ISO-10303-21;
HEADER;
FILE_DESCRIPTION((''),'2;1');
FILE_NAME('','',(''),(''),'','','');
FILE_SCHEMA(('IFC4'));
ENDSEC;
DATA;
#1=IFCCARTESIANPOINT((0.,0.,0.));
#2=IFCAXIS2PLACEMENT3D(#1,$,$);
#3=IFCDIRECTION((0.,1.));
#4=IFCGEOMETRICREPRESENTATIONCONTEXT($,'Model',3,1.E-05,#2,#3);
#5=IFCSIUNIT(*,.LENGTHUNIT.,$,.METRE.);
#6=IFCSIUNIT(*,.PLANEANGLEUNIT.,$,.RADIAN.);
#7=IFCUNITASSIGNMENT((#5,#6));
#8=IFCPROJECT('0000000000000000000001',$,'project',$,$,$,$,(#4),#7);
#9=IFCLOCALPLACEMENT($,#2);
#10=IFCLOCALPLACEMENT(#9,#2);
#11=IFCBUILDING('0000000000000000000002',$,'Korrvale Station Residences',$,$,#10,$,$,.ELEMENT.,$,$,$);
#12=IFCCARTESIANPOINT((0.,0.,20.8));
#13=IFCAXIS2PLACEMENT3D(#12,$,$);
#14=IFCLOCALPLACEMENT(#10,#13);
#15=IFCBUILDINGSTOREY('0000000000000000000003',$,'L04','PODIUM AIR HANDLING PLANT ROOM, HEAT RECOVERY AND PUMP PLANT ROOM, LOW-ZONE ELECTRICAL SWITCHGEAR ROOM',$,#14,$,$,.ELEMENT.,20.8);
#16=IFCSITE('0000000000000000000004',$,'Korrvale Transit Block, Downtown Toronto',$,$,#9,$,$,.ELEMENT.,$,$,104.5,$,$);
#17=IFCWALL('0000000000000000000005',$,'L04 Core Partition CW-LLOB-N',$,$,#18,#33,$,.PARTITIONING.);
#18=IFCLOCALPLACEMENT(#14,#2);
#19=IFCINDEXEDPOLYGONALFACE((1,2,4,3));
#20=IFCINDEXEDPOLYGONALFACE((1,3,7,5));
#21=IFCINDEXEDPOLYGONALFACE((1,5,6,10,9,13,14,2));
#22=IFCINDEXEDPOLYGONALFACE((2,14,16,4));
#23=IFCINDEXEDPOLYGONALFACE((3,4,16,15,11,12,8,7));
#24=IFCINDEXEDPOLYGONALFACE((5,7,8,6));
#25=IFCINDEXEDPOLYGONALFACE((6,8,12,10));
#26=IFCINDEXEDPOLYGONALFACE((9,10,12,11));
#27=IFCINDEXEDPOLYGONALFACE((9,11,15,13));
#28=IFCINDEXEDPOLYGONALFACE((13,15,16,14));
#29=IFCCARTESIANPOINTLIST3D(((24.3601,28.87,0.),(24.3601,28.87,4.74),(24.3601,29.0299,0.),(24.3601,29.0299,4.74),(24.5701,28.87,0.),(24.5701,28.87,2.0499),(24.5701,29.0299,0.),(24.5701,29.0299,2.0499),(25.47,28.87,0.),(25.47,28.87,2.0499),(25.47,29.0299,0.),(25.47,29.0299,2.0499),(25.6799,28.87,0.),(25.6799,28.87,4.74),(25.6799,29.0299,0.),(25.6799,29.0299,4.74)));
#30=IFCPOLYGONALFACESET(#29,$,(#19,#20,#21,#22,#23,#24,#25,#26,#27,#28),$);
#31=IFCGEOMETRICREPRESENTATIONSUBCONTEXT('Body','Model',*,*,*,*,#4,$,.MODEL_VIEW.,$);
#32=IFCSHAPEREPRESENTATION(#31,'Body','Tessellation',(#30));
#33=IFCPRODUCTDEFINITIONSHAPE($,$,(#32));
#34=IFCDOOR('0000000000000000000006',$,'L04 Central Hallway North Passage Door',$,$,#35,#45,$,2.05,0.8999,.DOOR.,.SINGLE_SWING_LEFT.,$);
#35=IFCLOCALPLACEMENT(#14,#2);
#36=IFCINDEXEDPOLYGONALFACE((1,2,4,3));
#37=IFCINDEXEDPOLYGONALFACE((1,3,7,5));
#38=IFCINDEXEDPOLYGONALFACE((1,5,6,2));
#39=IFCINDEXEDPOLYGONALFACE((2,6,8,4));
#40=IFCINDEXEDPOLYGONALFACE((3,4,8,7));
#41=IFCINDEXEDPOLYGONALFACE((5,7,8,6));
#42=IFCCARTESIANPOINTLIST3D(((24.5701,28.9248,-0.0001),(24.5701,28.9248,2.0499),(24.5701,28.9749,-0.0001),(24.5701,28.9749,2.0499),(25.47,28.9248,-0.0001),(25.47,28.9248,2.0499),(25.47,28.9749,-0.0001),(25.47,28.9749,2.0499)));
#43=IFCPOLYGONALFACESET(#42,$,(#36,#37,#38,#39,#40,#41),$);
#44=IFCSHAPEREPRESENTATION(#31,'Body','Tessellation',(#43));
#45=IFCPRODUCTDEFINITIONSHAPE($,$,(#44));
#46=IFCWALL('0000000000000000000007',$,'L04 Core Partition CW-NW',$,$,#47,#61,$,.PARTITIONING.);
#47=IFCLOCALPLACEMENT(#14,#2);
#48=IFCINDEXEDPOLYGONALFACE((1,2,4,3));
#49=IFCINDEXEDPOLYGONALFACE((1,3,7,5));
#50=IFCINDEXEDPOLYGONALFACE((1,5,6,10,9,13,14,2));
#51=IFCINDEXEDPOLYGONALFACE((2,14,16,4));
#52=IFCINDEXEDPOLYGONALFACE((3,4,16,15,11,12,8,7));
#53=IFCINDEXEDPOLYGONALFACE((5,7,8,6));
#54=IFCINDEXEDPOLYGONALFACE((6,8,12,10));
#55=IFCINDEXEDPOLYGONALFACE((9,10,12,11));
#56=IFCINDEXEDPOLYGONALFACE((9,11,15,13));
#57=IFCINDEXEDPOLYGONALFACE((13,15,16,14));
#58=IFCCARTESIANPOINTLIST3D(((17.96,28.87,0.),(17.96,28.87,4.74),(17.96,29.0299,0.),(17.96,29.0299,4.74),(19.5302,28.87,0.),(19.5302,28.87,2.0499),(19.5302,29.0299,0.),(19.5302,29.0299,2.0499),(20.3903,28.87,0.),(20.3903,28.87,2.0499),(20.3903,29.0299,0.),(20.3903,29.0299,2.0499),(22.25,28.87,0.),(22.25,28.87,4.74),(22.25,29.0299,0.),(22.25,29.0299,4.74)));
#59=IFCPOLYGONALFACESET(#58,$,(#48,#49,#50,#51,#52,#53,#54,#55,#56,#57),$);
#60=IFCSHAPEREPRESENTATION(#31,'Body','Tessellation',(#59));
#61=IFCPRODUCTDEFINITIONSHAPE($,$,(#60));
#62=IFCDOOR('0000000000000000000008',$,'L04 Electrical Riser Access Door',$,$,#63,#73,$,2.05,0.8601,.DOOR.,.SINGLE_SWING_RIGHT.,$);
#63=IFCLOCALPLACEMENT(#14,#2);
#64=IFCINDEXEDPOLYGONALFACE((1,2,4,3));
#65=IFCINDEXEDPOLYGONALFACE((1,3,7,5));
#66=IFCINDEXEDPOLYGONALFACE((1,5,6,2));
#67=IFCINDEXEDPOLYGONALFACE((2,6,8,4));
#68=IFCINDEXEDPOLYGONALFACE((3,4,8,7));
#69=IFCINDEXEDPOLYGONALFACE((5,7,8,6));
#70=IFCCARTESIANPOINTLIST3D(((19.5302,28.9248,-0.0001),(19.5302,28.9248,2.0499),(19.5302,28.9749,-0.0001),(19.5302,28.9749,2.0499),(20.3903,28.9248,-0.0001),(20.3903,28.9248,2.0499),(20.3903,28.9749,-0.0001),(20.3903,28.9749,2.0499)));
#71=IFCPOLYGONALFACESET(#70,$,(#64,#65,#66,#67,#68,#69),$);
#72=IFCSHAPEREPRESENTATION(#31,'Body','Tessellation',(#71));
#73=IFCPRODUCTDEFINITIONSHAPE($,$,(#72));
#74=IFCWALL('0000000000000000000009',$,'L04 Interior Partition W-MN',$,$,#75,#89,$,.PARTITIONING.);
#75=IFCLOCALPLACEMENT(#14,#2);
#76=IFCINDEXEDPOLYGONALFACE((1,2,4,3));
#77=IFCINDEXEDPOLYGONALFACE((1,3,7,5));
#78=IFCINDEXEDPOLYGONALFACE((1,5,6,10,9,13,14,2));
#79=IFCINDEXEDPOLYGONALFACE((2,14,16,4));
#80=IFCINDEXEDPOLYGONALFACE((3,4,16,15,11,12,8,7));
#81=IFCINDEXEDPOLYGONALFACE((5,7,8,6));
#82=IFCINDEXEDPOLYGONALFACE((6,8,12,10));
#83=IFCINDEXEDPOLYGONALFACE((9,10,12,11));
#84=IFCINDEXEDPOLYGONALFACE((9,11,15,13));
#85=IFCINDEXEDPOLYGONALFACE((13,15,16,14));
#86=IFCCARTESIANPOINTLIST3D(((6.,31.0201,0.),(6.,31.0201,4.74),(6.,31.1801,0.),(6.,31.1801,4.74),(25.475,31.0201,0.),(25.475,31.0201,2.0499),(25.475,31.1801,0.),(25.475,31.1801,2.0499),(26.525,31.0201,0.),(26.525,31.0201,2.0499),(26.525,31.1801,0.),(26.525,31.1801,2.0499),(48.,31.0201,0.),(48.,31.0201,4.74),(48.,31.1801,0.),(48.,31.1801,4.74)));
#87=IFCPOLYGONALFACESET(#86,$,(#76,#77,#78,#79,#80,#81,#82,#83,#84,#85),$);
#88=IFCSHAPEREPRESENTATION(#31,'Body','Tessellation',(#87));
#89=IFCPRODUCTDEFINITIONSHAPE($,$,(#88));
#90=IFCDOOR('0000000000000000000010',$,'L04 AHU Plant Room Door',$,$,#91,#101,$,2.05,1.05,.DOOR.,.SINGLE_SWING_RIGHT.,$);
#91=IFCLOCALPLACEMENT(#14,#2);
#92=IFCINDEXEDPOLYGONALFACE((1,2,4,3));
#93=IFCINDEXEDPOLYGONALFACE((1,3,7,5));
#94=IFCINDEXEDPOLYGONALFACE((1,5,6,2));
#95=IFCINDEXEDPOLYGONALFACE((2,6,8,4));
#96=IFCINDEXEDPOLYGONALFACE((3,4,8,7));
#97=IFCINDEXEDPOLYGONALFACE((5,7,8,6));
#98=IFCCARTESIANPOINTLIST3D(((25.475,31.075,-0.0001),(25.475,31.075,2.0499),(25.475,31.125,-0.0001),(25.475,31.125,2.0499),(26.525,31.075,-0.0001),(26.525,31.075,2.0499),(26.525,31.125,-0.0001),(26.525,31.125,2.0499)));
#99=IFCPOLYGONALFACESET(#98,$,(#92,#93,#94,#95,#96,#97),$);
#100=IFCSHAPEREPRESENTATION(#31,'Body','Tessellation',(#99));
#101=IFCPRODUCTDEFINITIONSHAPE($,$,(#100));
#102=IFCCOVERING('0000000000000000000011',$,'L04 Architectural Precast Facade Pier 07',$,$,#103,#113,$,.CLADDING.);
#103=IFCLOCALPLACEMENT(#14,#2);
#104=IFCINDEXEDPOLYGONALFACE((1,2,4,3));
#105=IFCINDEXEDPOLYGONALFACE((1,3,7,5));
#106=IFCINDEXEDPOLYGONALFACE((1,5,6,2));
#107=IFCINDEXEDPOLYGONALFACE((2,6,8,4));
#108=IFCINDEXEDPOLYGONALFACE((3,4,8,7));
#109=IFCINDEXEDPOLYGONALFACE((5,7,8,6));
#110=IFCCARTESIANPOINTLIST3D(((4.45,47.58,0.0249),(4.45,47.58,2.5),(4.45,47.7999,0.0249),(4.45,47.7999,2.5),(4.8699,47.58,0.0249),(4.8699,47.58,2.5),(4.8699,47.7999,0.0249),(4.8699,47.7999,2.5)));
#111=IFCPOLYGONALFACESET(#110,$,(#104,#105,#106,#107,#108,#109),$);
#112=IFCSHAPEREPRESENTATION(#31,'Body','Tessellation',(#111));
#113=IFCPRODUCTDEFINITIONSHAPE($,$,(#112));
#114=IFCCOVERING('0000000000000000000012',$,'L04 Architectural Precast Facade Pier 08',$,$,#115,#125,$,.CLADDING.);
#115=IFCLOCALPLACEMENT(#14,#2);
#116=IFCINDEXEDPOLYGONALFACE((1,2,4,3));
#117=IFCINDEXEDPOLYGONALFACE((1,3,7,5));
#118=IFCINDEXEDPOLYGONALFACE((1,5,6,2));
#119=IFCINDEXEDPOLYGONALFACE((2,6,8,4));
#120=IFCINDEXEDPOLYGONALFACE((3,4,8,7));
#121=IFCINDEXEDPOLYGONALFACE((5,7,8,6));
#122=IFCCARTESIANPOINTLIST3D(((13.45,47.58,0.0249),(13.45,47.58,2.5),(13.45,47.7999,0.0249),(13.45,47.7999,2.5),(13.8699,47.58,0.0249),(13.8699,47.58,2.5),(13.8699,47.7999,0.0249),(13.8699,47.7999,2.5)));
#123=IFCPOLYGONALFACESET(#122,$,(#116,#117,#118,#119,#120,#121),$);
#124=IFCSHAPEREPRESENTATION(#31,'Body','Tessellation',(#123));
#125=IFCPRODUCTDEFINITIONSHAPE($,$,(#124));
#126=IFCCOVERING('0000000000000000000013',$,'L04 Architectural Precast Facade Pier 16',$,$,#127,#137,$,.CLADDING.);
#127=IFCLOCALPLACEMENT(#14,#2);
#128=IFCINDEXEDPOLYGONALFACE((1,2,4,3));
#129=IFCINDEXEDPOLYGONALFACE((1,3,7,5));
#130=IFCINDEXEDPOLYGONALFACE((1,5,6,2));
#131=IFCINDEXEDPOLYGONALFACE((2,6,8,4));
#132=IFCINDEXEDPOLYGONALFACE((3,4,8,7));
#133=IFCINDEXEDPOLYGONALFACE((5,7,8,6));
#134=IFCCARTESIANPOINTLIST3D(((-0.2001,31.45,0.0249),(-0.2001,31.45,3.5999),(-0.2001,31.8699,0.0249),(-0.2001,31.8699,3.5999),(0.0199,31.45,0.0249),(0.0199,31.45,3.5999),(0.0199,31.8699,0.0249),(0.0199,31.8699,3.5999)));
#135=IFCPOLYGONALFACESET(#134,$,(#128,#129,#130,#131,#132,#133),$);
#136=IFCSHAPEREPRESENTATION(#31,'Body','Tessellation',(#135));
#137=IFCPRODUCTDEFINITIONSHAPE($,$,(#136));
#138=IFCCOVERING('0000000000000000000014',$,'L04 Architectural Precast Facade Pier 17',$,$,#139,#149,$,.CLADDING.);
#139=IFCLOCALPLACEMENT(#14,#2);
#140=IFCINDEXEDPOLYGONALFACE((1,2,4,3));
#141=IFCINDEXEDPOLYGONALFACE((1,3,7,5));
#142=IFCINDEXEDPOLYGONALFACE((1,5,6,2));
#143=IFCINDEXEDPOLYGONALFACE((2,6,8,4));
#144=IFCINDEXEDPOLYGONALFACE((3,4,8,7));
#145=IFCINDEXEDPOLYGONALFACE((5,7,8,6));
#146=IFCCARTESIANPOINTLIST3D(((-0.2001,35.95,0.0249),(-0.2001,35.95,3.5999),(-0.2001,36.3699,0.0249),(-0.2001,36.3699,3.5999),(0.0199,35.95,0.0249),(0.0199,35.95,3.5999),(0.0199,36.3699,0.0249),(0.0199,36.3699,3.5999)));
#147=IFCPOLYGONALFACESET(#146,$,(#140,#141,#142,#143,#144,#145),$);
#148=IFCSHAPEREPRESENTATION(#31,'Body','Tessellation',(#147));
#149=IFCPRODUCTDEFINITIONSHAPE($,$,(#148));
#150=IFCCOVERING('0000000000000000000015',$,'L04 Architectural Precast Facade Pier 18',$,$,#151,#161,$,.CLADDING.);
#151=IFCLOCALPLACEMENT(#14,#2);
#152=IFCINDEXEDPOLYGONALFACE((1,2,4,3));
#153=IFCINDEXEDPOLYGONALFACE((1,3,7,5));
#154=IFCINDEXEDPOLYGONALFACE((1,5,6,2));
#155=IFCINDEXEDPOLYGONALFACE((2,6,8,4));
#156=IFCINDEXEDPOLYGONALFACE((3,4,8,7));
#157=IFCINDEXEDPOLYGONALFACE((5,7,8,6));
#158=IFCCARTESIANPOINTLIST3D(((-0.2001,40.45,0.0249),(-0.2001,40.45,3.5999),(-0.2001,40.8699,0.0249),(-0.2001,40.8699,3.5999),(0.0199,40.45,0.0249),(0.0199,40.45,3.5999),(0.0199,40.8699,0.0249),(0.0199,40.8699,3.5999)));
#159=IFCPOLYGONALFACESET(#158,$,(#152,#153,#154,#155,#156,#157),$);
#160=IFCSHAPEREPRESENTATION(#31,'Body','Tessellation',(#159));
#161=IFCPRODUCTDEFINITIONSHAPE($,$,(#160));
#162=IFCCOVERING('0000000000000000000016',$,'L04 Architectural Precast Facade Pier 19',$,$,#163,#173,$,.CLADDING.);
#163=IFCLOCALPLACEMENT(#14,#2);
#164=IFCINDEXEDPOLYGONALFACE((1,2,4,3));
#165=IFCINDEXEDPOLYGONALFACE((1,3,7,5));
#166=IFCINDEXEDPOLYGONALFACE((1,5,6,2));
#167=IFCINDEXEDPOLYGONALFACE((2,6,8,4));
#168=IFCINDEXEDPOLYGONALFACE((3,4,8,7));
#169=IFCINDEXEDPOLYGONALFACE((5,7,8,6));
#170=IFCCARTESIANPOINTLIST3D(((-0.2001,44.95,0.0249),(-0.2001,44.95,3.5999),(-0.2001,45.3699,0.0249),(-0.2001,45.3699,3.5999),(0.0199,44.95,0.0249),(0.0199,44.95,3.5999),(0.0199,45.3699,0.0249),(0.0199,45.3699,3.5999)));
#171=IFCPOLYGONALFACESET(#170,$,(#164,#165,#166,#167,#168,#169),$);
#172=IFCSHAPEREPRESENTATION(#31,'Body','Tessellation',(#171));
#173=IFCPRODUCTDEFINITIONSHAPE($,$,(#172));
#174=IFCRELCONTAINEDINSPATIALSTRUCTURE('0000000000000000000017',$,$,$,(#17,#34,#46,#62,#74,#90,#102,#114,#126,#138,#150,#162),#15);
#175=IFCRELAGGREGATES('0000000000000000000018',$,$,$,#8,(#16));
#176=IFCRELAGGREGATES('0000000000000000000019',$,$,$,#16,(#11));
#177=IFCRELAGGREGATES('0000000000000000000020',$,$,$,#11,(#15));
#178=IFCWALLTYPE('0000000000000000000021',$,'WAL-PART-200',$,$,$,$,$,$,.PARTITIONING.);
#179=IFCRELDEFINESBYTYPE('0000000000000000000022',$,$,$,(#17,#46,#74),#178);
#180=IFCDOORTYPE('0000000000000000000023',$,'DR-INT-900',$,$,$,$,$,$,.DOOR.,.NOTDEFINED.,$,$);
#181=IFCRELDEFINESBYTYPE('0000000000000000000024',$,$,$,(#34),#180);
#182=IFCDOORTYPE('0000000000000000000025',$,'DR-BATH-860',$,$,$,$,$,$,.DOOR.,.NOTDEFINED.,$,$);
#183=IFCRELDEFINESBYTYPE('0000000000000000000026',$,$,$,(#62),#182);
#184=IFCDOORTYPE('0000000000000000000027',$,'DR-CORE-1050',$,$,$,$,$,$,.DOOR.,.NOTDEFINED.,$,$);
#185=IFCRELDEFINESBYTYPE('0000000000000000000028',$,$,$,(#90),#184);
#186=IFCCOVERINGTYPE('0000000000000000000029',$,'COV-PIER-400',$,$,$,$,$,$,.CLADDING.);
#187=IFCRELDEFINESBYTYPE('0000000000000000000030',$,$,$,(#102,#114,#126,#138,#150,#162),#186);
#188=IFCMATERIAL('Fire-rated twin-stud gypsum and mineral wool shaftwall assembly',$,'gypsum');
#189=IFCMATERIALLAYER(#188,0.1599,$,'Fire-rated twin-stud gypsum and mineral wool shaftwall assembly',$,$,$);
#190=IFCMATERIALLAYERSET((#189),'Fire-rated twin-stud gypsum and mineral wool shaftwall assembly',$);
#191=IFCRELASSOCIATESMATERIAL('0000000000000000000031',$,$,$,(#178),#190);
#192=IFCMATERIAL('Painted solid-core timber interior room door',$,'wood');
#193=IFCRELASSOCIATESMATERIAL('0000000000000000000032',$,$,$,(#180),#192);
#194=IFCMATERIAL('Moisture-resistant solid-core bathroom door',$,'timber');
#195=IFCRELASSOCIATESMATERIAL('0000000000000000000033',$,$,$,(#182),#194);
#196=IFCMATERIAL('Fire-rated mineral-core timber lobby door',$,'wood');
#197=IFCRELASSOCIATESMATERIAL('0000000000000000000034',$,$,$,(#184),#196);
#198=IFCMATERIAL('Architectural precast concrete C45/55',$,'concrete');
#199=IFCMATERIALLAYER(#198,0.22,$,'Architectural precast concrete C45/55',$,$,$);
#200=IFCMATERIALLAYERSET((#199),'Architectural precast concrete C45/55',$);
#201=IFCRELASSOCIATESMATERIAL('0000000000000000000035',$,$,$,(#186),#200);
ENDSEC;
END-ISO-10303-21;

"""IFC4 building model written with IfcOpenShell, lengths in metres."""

from ifc_helpers import new_model, si_unit, direction, frame, frame_2d, origin, origin_2d, place, context, subcontext, project, spatial, rectangle, extrude, material, layer, layer_set, type_object, element, fill, save


model = new_model("IFC4")

# Units and contexts
model_context = context("Model", 3, precision=1e-05, world=origin(), true_north=direction((0.0, 1.0)))
body_context = subcontext(model_context, "Body", "Model", "MODEL_VIEW")
ifc_project = project(units=[si_unit("LENGTHUNIT", "METRE"), si_unit("PLANEANGLEUNIT", "RADIAN")], contexts=[model_context])

# Site, building, storey
site_placement = place(None, origin())
site = spatial("IfcSite", under=ifc_project, at=site_placement, Name="Korrvale Transit Block, Downtown Toronto", CompositionType="ELEMENT", RefElevation=104.5)
building_placement = place(site_placement, origin())
building = spatial("IfcBuilding", under=site, at=building_placement, Name="Korrvale Station Residences", CompositionType="ELEMENT")
storey_placement = place(building_placement, frame((0.0, 0.0, 20.8)))
storey = spatial("IfcBuildingStorey", under=building, at=storey_placement, Name="L04", Description="PODIUM AIR HANDLING PLANT ROOM, HEAT RECOVERY AND PUMP PLANT ROOM, LOW-ZONE ELECTRICAL SWITCHGEAR ROOM", CompositionType="ELEMENT", Elevation=20.8)

# Walls, openings, doors
ifc_material_1 = material(Name="Fire-rated twin-stud gypsum and mineral wool shaftwall assembly", Category="gypsum")
ifc_layer_1 = layer(ifc_material_1, 0.1599, Name="Fire-rated twin-stud gypsum and mineral wool shaftwall assembly")
ifc_layer_set_1 = layer_set([ifc_layer_1], Name="Fire-rated twin-stud gypsum and mineral wool shaftwall assembly")
wall_type_1 = type_object("IfcWallType", Name="WAL-PART-200", PredefinedType="PARTITIONING", material=ifc_layer_set_1)
wall_1_placement = place(storey_placement, frame((24.3601, 28.95, 0.0), z_axis=(0.0, 0.0, 1.0), x_axis=(1.0, 0.0, 0.0)))
wall_1 = element("IfcWall", 1, at=wall_1_placement, inside=storey, type_object=wall_type_1, Name="L04 Core Partition CW-LLOB-N", PredefinedType="PARTITIONING", context=body_context, shape_type="SweptSolid", body=[
    extrude(rectangle(XDim=1.3198, YDim=0.1599, at=frame_2d((0.6599, 0.0))), origin(), (0.0, 0.0, 1.0), 4.74),
])
opening_1_placement = place(wall_1_placement, frame((0.21, 0.0, 0.0)))
opening_1 = element("IfcOpeningElement", 2, at=opening_1_placement, cuts=wall_1, PredefinedType="OPENING", context=body_context, shape_type="SweptSolid", body=[
    extrude(rectangle(XDim=0.8999, YDim=2.05, at=frame_2d((0.45, 1.0249))), frame((0.0, 0.0898, 0.0), z_axis=(0.0, -1.0, 0.0), x_axis=(1.0, 0.0, 0.0)), (0.0, 0.0, 1.0), 0.1799),
])
ifc_material_2 = material(Name="Painted solid-core timber interior room door", Category="wood")
door_type_1 = type_object("IfcDoorType", Name="DR-INT-900", OperationType="NOTDEFINED", PredefinedType="DOOR", material=ifc_material_2)
door_1_placement = place(opening_1_placement, origin())
door_1 = element("IfcDoor", 3, at=door_1_placement, inside=storey, type_object=door_type_1, Name="L04 Central Hallway North Passage Door", OperationType="SINGLE_SWING_LEFT", OverallHeight=2.05, OverallWidth=0.8999, PredefinedType="DOOR", context=body_context, shape_type="SweptSolid", body=[
    extrude(rectangle(XDim=0.8999, YDim=2.05, at=frame_2d((0.45, 1.0249))), frame((0.0, 0.0249, 0.0), z_axis=(0.0, -1.0, 0.0), x_axis=(1.0, 0.0, 0.0)), (0.0, 0.0, 1.0), 0.05),
])
fill(opening_1, door_1)
wall_2_placement = place(storey_placement, frame((17.96, 28.95, 0.0), z_axis=(0.0, 0.0, 1.0), x_axis=(1.0, 0.0, 0.0)))
wall_2 = element("IfcWall", 4, at=wall_2_placement, inside=storey, type_object=wall_type_1, Name="L04 Core Partition CW-NW", PredefinedType="PARTITIONING", context=body_context, shape_type="SweptSolid", body=[
    extrude(rectangle(XDim=4.29, YDim=0.1599, at=frame_2d((2.145, 0.0))), origin(), (0.0, 0.0, 1.0), 4.74),
])
opening_2_placement = place(wall_2_placement, frame((1.5701, 0.0, 0.0)))
opening_2 = element("IfcOpeningElement", 5, at=opening_2_placement, cuts=wall_2, PredefinedType="OPENING", context=body_context, shape_type="SweptSolid", body=[
    extrude(rectangle(XDim=0.8601, YDim=2.05, at=frame_2d((0.4302, 1.0249))), frame((0.0, 0.0898, 0.0), z_axis=(0.0, -1.0, 0.0), x_axis=(1.0, 0.0, 0.0)), (0.0, 0.0, 1.0), 0.1799),
])
ifc_material_3 = material(Name="Moisture-resistant solid-core bathroom door", Category="timber")
door_type_2 = type_object("IfcDoorType", Name="DR-BATH-860", OperationType="NOTDEFINED", PredefinedType="DOOR", material=ifc_material_3)
door_2_placement = place(opening_2_placement, origin())
door_2 = element("IfcDoor", 6, at=door_2_placement, inside=storey, type_object=door_type_2, Name="L04 Electrical Riser Access Door", OperationType="SINGLE_SWING_RIGHT", OverallHeight=2.05, OverallWidth=0.8601, PredefinedType="DOOR", context=body_context, shape_type="SweptSolid", body=[
    extrude(rectangle(XDim=0.8601, YDim=2.05, at=frame_2d((0.4302, 1.0249))), frame((0.0, 0.0249, 0.0), z_axis=(0.0, -1.0, 0.0), x_axis=(1.0, 0.0, 0.0)), (0.0, 0.0, 1.0), 0.05),
])
fill(opening_2, door_2)
wall_3_placement = place(storey_placement, frame((6.0, 31.1001, 0.0), z_axis=(0.0, 0.0, 1.0), x_axis=(1.0, 0.0, 0.0)))
wall_3 = element("IfcWall", 7, at=wall_3_placement, inside=storey, type_object=wall_type_1, Name="L04 Interior Partition W-MN", PredefinedType="PARTITIONING", context=body_context, shape_type="SweptSolid", body=[
    extrude(rectangle(XDim=42.0, YDim=0.1599, at=frame_2d((21.0, 0.0))), origin(), (0.0, 0.0, 1.0), 4.74),
])
opening_3_placement = place(wall_3_placement, frame((19.4751, 0.0, 0.0)))
opening_3 = element("IfcOpeningElement", 8, at=opening_3_placement, cuts=wall_3, PredefinedType="OPENING", context=body_context, shape_type="SweptSolid", body=[
    extrude(rectangle(XDim=1.05, YDim=2.05, at=frame_2d((0.5249, 1.0249))), frame((0.0, 0.0898, 0.0), z_axis=(0.0, -1.0, 0.0), x_axis=(1.0, 0.0, 0.0)), (0.0, 0.0, 1.0), 0.1799),
])
ifc_material_4 = material(Name="Fire-rated mineral-core timber lobby door", Category="wood")
door_type_3 = type_object("IfcDoorType", Name="DR-CORE-1050", OperationType="NOTDEFINED", PredefinedType="DOOR", material=ifc_material_4)
door_3_placement = place(opening_3_placement, origin())
door_3 = element("IfcDoor", 9, at=door_3_placement, inside=storey, type_object=door_type_3, Name="L04 AHU Plant Room Door", OperationType="SINGLE_SWING_RIGHT", OverallHeight=2.05, OverallWidth=1.05, PredefinedType="DOOR", context=body_context, shape_type="SweptSolid", body=[
    extrude(rectangle(XDim=1.05, YDim=2.05, at=frame_2d((0.5249, 1.0249))), frame((0.0, 0.0249, 0.0), z_axis=(0.0, -1.0, 0.0), x_axis=(1.0, 0.0, 0.0)), (0.0, 0.0, 1.0), 0.05),
])
fill(opening_3, door_3)

# Coverings
ifc_material_5 = material(Name="Architectural precast concrete C45/55", Category="concrete")
ifc_layer_2 = layer(ifc_material_5, 0.22, Name="Architectural precast concrete C45/55")
ifc_layer_set_2 = layer_set([ifc_layer_2], Name="Architectural precast concrete C45/55")
covering_type = type_object("IfcCoveringType", Name="COV-PIER-400", PredefinedType="CLADDING", material=ifc_layer_set_2)
for number, where, z_axis, x_axis, name in (
    (10, (4.6599, 47.6899, 0.0249), (0.0, 0.0, 1.0), (1.0, 0.0, 0.0), "L04 Architectural Precast Facade Pier 07"),
    (11, (13.6599, 47.6899, 0.0249), (0.0, 0.0, 1.0), (1.0, 0.0, 0.0), "L04 Architectural Precast Facade Pier 08"),
):
    element("IfcCovering", number, at=place(storey_placement, frame(where, z_axis=z_axis, x_axis=x_axis)), inside=storey, type_object=covering_type, Name=name, PredefinedType="CLADDING", context=body_context, shape_type="SweptSolid", body=[
        extrude(rectangle(XDim=0.4199, YDim=0.22, at=origin_2d()), origin(), (0.0, 0.0, 1.0), 2.4751),
    ])
for number, where, z_axis, x_axis, name in (
    (12, (-0.0901, 31.6599, 0.0249), (0.0, 0.0, 1.0), (0.0, 1.0, 0.0), "L04 Architectural Precast Facade Pier 16"),
    (13, (-0.0901, 36.1599, 0.0249), (0.0, 0.0, 1.0), (0.0, 1.0, 0.0), "L04 Architectural Precast Facade Pier 17"),
    (14, (-0.0901, 40.6599, 0.0249), (0.0, 0.0, 1.0), (0.0, 1.0, 0.0), "L04 Architectural Precast Facade Pier 18"),
    (15, (-0.0901, 45.1599, 0.0249), (0.0, 0.0, 1.0), (0.0, 1.0, 0.0), "L04 Architectural Precast Facade Pier 19"),
):
    element("IfcCovering", number, at=place(storey_placement, frame(where, z_axis=z_axis, x_axis=x_axis)), inside=storey, type_object=covering_type, Name=name, PredefinedType="CLADDING", context=body_context, shape_type="SweptSolid", body=[
        extrude(rectangle(XDim=0.4199, YDim=0.22, at=origin_2d()), origin(), (0.0, 0.0, 1.0), 3.575),
    ])

save(model, "model.ifc")
